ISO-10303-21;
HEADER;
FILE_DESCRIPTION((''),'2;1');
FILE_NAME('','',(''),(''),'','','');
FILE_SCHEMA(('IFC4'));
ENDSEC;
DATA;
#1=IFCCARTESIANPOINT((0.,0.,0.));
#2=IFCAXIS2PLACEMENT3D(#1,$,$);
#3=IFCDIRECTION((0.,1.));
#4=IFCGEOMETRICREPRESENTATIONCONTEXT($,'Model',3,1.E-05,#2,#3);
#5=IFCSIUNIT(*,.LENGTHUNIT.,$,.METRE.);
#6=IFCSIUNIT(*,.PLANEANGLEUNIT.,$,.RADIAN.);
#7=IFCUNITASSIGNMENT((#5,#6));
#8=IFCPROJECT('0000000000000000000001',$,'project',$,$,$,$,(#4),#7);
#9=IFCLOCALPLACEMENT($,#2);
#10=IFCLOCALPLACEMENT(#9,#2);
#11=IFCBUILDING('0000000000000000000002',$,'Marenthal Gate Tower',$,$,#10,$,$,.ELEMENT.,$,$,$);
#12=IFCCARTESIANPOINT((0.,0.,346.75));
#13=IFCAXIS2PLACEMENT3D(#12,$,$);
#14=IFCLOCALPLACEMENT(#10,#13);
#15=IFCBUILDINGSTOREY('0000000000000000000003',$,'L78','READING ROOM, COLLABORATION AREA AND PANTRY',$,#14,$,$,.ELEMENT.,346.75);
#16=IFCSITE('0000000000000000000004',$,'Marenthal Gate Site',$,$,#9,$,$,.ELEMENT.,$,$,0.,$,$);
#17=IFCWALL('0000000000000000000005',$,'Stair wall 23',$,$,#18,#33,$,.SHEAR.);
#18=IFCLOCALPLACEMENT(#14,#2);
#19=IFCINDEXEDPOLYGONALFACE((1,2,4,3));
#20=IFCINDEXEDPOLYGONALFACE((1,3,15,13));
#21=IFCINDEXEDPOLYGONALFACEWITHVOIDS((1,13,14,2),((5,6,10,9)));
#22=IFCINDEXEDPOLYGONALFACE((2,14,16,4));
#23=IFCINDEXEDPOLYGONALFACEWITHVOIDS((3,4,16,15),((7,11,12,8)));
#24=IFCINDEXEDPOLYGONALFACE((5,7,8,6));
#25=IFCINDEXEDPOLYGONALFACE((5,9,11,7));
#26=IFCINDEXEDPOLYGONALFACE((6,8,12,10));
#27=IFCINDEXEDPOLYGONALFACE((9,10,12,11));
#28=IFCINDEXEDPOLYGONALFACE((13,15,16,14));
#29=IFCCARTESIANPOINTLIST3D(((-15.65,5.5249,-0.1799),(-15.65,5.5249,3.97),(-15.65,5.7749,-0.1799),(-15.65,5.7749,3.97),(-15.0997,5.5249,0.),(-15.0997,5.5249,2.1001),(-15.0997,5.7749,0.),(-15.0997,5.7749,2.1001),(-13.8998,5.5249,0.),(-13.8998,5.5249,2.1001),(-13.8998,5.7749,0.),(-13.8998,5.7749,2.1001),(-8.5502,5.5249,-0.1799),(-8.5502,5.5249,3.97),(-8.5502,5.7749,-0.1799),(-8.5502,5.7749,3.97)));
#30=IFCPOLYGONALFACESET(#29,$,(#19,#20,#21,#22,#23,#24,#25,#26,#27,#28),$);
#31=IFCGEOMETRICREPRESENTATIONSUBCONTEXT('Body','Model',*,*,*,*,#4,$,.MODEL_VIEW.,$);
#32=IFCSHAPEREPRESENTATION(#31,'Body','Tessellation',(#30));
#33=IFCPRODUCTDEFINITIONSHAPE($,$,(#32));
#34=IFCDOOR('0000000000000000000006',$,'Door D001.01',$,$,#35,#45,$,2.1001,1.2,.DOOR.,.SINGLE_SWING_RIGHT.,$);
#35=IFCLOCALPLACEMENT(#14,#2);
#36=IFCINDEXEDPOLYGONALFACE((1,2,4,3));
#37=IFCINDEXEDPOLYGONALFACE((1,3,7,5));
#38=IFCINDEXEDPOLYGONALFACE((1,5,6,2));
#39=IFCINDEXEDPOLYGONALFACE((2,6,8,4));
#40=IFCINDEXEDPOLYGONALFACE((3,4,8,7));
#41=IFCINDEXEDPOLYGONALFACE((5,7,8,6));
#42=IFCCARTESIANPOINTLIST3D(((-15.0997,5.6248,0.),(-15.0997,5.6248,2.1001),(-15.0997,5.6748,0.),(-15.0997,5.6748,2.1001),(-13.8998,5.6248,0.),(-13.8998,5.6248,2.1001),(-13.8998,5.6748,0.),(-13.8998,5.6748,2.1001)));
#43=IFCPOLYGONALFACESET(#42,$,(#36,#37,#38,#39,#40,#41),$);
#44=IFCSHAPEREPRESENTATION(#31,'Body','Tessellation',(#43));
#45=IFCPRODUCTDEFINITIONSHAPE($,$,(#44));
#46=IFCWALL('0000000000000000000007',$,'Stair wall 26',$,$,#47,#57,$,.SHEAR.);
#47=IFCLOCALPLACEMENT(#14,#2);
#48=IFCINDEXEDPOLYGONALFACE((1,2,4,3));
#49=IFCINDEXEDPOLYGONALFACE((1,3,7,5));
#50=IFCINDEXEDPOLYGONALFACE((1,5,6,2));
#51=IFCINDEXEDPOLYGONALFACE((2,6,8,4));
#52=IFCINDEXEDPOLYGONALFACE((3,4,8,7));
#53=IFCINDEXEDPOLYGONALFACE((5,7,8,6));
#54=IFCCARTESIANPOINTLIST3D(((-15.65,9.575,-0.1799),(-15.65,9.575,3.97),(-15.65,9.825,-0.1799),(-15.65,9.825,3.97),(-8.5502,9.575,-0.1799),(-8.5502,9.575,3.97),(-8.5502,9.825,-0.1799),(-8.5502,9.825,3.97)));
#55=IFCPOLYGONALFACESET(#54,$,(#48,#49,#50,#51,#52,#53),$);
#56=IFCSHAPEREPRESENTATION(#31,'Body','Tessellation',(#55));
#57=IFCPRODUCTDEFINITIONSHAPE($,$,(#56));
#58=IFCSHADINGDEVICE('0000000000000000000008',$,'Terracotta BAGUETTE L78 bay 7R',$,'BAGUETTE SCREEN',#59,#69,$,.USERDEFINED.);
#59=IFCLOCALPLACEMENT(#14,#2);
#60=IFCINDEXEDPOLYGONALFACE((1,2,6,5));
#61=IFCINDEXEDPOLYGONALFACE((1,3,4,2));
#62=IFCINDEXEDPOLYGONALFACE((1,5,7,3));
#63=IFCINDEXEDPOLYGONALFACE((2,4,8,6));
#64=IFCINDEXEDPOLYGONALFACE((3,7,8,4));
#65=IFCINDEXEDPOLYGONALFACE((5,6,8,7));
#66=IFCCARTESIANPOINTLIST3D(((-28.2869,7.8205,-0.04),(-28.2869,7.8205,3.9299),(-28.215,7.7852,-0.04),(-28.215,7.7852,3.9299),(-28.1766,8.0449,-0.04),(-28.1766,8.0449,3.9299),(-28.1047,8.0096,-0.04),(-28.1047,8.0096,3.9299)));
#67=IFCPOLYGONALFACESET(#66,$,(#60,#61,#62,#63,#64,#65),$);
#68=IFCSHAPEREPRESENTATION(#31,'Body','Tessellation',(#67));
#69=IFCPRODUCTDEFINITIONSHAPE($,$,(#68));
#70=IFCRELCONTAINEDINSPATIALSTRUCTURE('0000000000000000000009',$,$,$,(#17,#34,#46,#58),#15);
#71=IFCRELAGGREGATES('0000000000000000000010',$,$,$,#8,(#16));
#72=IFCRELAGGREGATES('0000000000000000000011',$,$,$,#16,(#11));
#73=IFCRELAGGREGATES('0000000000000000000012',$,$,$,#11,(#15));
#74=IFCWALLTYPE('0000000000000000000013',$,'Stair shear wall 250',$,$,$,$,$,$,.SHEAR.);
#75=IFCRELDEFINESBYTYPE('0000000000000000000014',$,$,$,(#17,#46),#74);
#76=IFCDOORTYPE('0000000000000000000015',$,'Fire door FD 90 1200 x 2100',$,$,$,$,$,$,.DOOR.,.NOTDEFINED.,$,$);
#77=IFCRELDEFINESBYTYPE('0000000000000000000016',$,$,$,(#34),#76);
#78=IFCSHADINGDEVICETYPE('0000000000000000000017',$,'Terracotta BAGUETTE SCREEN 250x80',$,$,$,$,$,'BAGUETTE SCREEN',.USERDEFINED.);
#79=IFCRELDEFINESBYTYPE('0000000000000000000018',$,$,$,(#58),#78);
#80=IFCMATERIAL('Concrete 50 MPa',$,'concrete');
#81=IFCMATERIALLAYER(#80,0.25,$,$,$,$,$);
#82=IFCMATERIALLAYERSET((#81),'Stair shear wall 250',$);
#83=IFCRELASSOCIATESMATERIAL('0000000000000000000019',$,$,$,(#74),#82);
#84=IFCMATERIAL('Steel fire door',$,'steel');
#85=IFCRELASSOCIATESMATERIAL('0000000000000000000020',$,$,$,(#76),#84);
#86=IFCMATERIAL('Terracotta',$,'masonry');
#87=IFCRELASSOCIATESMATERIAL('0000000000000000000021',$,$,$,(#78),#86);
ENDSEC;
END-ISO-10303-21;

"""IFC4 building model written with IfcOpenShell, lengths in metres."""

from ifc_helpers import new_model, si_unit, direction, frame, frame_2d, origin, origin_2d, place, context, subcontext, project, spatial, rectangle, extrude, material, layer, layer_set, material_profile, profile_set, type_object, element, fill, save


model = new_model("IFC4")

# Units and contexts
model_context = context("Model", 3, precision=1e-05, world=origin(), true_north=direction((0.0, 1.0)))
body_context = subcontext(model_context, "Body", "Model", "MODEL_VIEW")
ifc_project = project(units=[si_unit("LENGTHUNIT", "METRE"), si_unit("PLANEANGLEUNIT", "RADIAN")], contexts=[model_context])

# Site, building, storey
site_placement = place(None, origin())
site = spatial("IfcSite", under=ifc_project, at=site_placement, Name="Marenthal Gate Site", CompositionType="ELEMENT", RefElevation=0.0)
building_placement = place(site_placement, origin())
building = spatial("IfcBuilding", under=site, at=building_placement, Name="Marenthal Gate Tower", CompositionType="ELEMENT")
storey_placement = place(building_placement, frame((0.0, 0.0, 346.75)))
storey = spatial("IfcBuildingStorey", under=building, at=storey_placement, Name="L78", Description="READING ROOM, COLLABORATION AREA AND PANTRY", CompositionType="ELEMENT", Elevation=346.75)

# Wall, opening, door
ifc_material_1 = material(Name="Concrete 50 MPa", Category="concrete")
ifc_layer_1 = layer(ifc_material_1, 0.25)
ifc_layer_set_1 = layer_set([ifc_layer_1], Name="Stair shear wall 250")
wall_type_1 = type_object("IfcWallType", Name="Stair shear wall 250", PredefinedType="SHEAR", material=ifc_layer_set_1)
wall_1_placement = place(storey_placement, frame((-15.6499, 5.6499, -0.1799), z_axis=(0.0, 0.0, 1.0), x_axis=(1.0, 0.0, 0.0)))
wall_1 = element("IfcWall", 1, at=wall_1_placement, inside=storey, type_object=wall_type_1, Name="Stair wall 23", PredefinedType="SHEAR", context=body_context, shape_type="SweptSolid", body=[
    extrude(rectangle(XDim=7.0999, YDim=0.25, at=frame_2d((3.5498, 0.0))), origin(), (0.0, 0.0, 1.0), 4.1499),
])
opening_placement = place(wall_1_placement, frame((0.55, 0.0, 0.1799)))
opening = element("IfcOpeningElement", 2, at=opening_placement, cuts=wall_1, PredefinedType="OPENING", context=body_context, shape_type="SweptSolid", body=[
    extrude(rectangle(XDim=1.2, YDim=2.1001, at=frame_2d((0.6001, 1.05))), frame((0.0, 0.135, 0.0), z_axis=(0.0, -1.0, 0.0), x_axis=(1.0, 0.0, 0.0)), (0.0, 0.0, 1.0), 0.27),
])
ifc_material_2 = material(Name="Steel fire door", Category="steel")
door_type = type_object("IfcDoorType", Name="Fire door FD 90 1200 x 2100", OperationType="NOTDEFINED", PredefinedType="DOOR", material=ifc_material_2)
door_placement = place(opening_placement, origin())
door = element("IfcDoor", 3, at=door_placement, inside=storey, type_object=door_type, Name="Door D001.01", OperationType="SINGLE_SWING_RIGHT", OverallHeight=2.1001, OverallWidth=1.2, PredefinedType="DOOR", context=body_context, shape_type="SweptSolid", body=[
    extrude(rectangle(XDim=1.2, YDim=2.1001, at=frame_2d((0.6001, 1.05))), frame((0.0, 0.0249, 0.0), z_axis=(0.0, -1.0, 0.0), x_axis=(1.0, 0.0, 0.0)), (0.0, 0.0, 1.0), 0.05),
])
fill(opening, door)

# Wall
wall_2_placement = place(storey_placement, frame((-15.6499, 9.7, -0.1799), z_axis=(0.0, 0.0, 1.0), x_axis=(1.0, 0.0, 0.0)))
element("IfcWall", 4, at=wall_2_placement, inside=storey, type_object=wall_type_1, Name="Stair wall 26", PredefinedType="SHEAR", context=body_context, shape_type="SweptSolid", body=[
    extrude(rectangle(XDim=7.0999, YDim=0.25, at=frame_2d((3.5498, 0.0))), origin(), (0.0, 0.0, 1.0), 4.1499),
])

# Shading device
ifc_material_3 = material(Name="Terracotta", Category="masonry")
ifc_material_profile_1 = material_profile(ifc_material_3, rectangle(XDim=0.25, YDim=0.0801, at=origin_2d()), Name="Terracotta baguette 250x80")
ifc_profile_set_1 = profile_set([ifc_material_profile_1], Name="Terracotta")
shading_device_type = type_object("IfcShadingDeviceType", Name="Terracotta BAGUETTE SCREEN 250x80", ElementType="BAGUETTE SCREEN", PredefinedType="USERDEFINED", material=ifc_profile_set_1)
shading_device_placement = place(storey_placement, frame((-28.1958, 7.915, -0.04), z_axis=(0.0, 0.0, 1.0), x_axis=(-0.441181, -0.897418, 0.0)))
element("IfcShadingDevice", 5, at=shading_device_placement, inside=storey, type_object=shading_device_type, Name="Terracotta BAGUETTE L78 bay 7R", ObjectType="BAGUETTE SCREEN", PredefinedType="USERDEFINED", context=body_context, shape_type="SweptSolid", body=[
    extrude(rectangle(XDim=0.25, YDim=0.0801, at=origin_2d()), origin(), (0.0, 0.0, 1.0), 3.97),
])

save(model, "model.ifc")
